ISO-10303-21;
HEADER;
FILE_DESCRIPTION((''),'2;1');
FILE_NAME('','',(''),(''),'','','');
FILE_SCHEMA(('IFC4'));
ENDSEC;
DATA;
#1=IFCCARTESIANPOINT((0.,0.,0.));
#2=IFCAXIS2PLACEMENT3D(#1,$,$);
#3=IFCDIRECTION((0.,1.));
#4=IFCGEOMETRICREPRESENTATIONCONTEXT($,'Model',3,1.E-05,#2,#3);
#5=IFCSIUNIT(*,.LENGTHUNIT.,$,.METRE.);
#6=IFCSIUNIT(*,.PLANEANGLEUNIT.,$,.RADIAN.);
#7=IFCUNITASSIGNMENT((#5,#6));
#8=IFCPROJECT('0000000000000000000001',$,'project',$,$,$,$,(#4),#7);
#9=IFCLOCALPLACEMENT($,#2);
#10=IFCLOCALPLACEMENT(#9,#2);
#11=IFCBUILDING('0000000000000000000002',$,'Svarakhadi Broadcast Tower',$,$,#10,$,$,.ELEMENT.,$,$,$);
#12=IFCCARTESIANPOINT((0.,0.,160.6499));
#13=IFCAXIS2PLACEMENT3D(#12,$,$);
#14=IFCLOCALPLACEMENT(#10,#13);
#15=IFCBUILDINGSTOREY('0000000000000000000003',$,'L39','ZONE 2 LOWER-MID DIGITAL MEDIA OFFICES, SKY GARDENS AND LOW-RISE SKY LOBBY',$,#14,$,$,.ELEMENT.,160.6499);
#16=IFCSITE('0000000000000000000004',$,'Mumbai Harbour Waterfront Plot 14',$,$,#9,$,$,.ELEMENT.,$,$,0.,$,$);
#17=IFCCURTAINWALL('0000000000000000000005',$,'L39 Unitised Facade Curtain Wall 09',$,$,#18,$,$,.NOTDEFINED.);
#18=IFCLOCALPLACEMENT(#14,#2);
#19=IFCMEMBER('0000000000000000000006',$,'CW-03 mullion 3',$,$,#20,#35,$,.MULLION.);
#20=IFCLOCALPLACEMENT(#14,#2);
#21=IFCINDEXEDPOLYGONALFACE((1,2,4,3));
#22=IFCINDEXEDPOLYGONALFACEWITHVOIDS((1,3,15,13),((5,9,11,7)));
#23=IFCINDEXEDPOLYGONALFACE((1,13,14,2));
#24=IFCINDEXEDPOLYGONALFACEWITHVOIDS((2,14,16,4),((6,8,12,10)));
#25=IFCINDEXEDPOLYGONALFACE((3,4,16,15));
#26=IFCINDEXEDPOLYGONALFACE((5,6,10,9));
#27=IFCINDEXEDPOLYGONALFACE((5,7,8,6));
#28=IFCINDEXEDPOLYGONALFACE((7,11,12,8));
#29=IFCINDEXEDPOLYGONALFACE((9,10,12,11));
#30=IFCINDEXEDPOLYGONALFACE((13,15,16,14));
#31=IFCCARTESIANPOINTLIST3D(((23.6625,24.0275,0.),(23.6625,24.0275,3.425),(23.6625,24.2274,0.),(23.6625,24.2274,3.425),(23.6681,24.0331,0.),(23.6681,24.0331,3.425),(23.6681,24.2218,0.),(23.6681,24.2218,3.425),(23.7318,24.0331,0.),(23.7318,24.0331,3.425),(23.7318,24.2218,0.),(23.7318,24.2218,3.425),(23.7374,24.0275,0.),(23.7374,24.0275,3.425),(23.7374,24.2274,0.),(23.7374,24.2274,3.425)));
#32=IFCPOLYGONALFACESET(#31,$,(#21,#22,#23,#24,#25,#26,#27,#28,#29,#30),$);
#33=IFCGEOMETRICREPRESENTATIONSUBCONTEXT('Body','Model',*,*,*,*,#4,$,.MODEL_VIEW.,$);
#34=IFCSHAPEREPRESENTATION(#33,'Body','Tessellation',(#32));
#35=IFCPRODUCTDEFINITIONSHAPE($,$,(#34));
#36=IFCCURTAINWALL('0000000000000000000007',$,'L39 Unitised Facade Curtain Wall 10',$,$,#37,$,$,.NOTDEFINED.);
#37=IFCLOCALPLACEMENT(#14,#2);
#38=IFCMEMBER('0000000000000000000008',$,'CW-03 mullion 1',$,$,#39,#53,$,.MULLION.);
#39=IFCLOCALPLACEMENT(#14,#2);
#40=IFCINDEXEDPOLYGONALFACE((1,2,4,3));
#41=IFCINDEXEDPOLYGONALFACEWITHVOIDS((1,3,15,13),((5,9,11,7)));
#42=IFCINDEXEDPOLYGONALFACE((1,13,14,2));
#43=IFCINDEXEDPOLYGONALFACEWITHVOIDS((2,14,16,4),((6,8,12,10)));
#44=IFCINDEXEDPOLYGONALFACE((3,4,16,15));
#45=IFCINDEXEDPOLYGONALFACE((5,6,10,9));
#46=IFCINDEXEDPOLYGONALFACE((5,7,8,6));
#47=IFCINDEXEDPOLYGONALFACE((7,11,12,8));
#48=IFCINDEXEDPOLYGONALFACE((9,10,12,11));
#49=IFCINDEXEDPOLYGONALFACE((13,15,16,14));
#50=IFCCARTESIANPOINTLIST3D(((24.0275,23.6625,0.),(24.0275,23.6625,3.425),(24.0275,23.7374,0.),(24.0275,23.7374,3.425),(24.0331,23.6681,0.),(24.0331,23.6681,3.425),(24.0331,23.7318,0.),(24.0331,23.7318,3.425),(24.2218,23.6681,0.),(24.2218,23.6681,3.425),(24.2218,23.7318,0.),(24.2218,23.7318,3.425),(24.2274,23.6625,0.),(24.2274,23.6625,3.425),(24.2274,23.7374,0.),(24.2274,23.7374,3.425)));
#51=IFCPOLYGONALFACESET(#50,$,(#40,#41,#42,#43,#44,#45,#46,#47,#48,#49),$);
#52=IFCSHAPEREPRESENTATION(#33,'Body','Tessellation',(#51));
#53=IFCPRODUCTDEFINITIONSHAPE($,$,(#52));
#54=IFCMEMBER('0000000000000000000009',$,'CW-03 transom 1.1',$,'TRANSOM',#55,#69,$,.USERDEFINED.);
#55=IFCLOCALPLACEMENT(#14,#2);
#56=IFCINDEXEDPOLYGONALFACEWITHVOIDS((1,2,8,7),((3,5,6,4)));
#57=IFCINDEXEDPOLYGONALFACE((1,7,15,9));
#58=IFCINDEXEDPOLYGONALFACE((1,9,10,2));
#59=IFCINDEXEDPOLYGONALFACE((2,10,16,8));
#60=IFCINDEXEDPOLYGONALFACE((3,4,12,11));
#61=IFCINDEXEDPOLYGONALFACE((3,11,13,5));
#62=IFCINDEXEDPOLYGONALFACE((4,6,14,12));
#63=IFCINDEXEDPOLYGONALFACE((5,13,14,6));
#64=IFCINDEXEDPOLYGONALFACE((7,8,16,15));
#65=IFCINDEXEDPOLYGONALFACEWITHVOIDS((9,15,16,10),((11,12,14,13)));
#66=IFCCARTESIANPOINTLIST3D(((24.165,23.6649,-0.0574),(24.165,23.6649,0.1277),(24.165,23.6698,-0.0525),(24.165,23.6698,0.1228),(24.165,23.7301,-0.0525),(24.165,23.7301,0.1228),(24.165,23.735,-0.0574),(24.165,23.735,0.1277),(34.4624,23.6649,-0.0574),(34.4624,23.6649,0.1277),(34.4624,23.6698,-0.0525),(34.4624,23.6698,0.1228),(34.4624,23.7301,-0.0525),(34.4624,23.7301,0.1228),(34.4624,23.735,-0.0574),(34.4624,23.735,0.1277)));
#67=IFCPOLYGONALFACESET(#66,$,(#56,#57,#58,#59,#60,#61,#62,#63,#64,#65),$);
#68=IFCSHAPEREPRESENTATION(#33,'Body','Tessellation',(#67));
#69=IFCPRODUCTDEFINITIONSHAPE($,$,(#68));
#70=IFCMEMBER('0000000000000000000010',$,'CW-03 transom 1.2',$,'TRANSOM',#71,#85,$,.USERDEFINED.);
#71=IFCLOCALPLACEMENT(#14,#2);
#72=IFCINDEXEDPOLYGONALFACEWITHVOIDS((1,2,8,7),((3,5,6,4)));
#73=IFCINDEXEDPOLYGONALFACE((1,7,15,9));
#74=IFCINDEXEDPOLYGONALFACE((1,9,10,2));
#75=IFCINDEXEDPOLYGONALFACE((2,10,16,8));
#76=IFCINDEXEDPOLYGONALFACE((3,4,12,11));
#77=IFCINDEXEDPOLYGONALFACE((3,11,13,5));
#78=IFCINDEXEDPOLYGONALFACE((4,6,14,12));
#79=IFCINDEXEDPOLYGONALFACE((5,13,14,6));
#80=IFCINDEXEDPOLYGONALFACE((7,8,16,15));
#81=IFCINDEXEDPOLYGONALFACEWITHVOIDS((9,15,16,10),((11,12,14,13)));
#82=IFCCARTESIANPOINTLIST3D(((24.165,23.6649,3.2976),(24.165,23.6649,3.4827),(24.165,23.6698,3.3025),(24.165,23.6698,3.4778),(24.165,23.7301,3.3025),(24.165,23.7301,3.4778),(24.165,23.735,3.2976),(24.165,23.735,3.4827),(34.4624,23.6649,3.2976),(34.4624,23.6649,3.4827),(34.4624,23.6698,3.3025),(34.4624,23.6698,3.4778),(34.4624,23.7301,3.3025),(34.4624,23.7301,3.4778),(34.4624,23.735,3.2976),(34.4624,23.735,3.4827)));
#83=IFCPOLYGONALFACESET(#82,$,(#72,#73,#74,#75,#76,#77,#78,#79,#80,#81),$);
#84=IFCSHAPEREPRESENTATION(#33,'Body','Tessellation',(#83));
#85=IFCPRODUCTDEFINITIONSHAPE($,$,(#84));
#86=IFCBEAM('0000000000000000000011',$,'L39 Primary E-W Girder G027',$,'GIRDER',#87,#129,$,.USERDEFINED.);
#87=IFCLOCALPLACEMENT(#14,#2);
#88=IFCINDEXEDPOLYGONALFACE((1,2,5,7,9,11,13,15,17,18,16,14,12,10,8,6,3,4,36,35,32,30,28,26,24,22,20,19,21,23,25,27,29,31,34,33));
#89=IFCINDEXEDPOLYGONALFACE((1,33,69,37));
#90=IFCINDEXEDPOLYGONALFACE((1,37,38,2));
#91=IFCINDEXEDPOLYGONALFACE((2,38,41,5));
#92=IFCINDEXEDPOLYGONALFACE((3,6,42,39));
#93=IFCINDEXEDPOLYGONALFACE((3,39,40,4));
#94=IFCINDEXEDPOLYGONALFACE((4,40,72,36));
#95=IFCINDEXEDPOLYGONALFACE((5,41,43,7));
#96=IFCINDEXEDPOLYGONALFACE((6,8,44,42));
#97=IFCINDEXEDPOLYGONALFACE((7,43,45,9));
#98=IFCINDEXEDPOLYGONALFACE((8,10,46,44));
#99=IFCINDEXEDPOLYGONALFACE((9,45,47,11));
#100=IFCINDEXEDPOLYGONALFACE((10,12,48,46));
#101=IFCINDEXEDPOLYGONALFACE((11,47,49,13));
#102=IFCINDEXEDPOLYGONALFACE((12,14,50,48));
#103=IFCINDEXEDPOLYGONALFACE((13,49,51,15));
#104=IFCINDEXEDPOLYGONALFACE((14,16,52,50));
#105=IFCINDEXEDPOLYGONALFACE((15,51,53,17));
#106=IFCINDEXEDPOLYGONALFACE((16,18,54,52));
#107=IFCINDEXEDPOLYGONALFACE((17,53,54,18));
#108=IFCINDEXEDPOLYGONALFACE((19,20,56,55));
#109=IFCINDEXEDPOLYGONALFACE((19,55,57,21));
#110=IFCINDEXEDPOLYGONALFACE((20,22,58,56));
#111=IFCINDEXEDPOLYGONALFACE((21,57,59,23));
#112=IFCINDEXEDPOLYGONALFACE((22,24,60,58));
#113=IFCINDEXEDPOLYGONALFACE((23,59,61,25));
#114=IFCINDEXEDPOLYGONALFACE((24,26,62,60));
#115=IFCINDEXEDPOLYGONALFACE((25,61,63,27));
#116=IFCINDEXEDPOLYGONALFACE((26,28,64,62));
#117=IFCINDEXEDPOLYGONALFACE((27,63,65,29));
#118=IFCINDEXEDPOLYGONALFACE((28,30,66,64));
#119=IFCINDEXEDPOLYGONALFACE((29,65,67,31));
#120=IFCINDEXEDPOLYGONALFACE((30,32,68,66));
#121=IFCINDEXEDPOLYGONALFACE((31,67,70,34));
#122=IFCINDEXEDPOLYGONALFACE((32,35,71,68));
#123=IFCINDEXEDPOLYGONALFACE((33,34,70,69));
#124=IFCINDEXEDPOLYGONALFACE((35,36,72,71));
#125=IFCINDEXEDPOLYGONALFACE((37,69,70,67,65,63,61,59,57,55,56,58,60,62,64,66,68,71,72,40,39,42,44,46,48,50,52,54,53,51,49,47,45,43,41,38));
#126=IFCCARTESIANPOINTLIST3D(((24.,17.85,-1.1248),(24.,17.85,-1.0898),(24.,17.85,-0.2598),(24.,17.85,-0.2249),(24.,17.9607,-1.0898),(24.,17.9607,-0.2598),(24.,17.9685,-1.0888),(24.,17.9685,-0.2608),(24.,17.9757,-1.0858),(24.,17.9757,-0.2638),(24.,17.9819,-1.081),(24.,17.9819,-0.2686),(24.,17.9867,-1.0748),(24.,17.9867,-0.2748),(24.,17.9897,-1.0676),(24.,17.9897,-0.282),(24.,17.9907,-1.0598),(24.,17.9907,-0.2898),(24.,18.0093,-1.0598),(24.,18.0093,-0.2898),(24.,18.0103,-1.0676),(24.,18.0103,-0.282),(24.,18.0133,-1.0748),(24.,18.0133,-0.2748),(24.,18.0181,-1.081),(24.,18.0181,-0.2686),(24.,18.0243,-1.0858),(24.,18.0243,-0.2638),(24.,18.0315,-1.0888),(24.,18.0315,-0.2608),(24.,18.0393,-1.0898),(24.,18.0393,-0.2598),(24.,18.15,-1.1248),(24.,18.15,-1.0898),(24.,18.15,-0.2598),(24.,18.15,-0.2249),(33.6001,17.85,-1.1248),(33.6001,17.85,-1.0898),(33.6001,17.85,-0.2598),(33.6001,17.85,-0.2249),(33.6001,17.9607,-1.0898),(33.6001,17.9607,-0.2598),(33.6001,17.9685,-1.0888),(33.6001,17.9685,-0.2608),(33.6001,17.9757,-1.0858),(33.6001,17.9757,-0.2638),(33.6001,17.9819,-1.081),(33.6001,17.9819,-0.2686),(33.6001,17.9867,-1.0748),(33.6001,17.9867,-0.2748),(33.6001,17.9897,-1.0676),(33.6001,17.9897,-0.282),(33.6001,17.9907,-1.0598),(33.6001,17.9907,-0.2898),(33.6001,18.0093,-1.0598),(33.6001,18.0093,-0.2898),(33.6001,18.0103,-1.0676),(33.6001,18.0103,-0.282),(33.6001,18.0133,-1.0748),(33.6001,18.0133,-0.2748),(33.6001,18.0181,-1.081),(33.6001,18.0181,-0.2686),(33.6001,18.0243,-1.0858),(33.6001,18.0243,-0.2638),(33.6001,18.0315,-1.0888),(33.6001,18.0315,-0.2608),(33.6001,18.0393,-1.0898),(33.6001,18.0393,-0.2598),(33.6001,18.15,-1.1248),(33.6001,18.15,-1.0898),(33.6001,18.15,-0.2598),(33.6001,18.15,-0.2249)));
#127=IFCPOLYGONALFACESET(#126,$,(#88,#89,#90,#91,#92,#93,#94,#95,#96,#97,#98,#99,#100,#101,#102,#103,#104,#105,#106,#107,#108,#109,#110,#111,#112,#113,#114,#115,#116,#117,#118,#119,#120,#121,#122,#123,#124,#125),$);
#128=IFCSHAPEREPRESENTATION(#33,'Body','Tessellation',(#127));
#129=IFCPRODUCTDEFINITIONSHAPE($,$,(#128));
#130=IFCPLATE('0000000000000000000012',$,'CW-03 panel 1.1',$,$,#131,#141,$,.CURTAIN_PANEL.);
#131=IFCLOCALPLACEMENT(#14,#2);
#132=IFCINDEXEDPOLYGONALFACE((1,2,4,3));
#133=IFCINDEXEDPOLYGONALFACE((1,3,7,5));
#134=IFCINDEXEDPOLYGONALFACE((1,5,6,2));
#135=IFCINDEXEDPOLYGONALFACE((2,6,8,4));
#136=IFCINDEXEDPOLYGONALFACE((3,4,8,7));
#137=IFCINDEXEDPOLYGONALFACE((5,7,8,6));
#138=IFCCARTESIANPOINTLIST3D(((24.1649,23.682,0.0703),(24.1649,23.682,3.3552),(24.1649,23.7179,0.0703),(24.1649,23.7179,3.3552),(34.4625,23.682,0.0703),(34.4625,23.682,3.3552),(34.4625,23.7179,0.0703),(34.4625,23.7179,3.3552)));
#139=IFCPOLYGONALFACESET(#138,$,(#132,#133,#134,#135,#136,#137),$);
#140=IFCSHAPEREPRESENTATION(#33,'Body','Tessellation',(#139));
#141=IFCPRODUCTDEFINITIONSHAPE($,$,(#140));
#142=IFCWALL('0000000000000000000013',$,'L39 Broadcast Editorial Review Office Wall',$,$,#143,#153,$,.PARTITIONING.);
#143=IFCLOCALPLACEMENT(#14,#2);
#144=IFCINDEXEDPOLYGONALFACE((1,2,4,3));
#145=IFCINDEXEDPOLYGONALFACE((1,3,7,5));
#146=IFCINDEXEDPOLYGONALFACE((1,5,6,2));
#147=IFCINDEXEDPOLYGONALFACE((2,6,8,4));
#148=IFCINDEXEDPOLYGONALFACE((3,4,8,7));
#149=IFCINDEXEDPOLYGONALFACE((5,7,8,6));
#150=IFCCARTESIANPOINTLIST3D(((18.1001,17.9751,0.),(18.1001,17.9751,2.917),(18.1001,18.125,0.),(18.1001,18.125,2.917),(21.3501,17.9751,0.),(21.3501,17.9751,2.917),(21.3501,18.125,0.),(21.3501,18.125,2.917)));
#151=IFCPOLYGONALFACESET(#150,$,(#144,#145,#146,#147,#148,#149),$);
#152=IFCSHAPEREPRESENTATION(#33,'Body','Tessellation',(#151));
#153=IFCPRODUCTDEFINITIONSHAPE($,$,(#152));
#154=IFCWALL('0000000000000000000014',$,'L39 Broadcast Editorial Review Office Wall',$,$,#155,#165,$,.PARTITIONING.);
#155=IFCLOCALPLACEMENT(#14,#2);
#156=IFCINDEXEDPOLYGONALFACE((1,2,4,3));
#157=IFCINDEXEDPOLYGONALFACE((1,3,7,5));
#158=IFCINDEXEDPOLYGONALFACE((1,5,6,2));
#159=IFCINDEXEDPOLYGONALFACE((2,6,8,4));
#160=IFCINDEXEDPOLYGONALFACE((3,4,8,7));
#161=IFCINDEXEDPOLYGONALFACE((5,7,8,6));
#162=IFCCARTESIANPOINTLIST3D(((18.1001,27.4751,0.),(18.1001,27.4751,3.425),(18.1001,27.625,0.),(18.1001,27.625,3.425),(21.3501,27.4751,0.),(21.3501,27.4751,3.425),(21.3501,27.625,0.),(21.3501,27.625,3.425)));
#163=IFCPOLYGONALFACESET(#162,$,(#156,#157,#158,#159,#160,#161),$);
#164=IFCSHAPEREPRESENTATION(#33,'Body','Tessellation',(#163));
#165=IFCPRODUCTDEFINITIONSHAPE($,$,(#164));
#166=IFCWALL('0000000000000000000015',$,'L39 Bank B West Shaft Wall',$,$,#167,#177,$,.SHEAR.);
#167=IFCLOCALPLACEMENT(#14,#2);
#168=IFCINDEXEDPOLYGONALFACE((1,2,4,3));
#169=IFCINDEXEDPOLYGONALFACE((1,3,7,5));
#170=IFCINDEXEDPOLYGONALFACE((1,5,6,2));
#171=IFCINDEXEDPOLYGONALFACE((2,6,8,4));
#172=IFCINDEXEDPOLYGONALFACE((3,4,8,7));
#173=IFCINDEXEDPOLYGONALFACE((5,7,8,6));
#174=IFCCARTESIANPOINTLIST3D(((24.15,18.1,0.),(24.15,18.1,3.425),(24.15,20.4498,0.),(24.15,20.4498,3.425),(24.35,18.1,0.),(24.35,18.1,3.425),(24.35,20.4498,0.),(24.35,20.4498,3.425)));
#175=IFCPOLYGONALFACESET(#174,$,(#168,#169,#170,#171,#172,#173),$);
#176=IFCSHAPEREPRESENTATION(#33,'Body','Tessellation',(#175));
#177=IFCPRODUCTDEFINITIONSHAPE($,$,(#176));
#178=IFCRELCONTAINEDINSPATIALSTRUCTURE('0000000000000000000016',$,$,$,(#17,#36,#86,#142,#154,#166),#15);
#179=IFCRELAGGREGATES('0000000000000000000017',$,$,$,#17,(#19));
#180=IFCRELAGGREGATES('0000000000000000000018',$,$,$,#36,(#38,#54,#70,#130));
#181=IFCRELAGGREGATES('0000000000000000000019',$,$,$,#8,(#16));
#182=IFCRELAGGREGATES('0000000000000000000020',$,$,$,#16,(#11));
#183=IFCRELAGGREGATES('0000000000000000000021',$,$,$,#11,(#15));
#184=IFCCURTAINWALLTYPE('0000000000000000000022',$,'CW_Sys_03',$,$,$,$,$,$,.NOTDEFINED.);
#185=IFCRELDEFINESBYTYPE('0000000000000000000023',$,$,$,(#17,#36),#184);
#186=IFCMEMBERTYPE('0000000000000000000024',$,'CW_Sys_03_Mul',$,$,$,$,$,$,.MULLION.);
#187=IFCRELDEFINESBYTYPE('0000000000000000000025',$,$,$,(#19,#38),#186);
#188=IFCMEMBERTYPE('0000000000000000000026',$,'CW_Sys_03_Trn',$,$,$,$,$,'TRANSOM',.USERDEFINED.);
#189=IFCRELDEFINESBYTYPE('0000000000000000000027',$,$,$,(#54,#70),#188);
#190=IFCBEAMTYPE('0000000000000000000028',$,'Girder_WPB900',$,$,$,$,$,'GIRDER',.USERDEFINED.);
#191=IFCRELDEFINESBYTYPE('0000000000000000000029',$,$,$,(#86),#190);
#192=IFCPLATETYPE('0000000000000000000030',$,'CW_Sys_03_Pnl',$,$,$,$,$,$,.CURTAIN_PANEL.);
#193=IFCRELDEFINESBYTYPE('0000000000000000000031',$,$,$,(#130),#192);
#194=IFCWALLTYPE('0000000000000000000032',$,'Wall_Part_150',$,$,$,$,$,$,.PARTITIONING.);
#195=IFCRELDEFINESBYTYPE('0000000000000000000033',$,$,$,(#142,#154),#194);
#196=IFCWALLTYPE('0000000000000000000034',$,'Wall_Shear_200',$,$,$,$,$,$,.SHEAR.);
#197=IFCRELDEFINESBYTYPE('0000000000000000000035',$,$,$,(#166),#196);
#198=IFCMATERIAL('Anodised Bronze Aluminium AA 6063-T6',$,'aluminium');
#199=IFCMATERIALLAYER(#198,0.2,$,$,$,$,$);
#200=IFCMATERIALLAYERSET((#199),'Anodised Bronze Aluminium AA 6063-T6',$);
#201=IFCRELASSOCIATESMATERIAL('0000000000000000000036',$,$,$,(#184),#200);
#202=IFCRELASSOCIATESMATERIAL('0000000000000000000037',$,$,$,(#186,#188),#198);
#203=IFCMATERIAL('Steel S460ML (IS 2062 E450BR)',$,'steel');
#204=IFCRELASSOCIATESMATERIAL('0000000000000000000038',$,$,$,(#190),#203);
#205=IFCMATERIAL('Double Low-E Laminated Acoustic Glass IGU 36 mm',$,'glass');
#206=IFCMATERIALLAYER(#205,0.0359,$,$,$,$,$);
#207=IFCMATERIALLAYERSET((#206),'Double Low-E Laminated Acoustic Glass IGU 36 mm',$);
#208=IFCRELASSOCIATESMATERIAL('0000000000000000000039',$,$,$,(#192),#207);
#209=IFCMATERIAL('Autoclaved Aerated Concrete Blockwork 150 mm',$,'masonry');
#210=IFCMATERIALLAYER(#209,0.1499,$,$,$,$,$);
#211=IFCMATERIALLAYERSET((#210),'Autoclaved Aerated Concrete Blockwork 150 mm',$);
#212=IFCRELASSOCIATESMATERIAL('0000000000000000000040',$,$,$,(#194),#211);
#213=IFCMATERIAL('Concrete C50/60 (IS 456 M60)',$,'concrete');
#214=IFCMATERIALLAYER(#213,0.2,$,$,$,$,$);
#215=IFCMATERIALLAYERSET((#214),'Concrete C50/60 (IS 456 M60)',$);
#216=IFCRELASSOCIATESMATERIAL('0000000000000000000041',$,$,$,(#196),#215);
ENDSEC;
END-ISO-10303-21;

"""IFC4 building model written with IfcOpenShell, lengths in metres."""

from ifc_helpers import new_model, si_unit, direction, frame, frame_2d, origin, origin_2d, place, context, subcontext, project, spatial, rectangle, hollow_rectangle, i_section, extrude, material, layer, layer_set, material_profile, profile_set, type_object, element, aggregate, save


model = new_model("IFC4")

# Units and contexts
model_context = context("Model", 3, precision=1e-05, world=origin(), true_north=direction((0.0, 1.0)))
body_context = subcontext(model_context, "Body", "Model", "MODEL_VIEW")
ifc_project = project(units=[si_unit("LENGTHUNIT", "METRE"), si_unit("PLANEANGLEUNIT", "RADIAN")], contexts=[model_context])

# Site, building, storey
site_placement = place(None, origin())
site = spatial("IfcSite", under=ifc_project, at=site_placement, Name="Mumbai Harbour Waterfront Plot 14", CompositionType="ELEMENT", RefElevation=0.0)
building_placement = place(site_placement, origin())
building = spatial("IfcBuilding", under=site, at=building_placement, Name="Svarakhadi Broadcast Tower", CompositionType="ELEMENT")
storey_placement = place(building_placement, frame((0.0, 0.0, 160.6499)))
storey = spatial("IfcBuildingStorey", under=building, at=storey_placement, Name="L39", Description="ZONE 2 LOWER-MID DIGITAL MEDIA OFFICES, SKY GARDENS AND LOW-RISE SKY LOBBY", CompositionType="ELEMENT", Elevation=160.6499)

# Curtain wall, member
ifc_material_1 = material(Name="Anodised Bronze Aluminium AA 6063-T6", Category="aluminium")
ifc_layer_1 = layer(ifc_material_1, 0.2)
ifc_layer_set_1 = layer_set([ifc_layer_1], Name="Anodised Bronze Aluminium AA 6063-T6")
curtain_wall_type = type_object("IfcCurtainWallType", Name="CW_Sys_03", PredefinedType="NOTDEFINED", material=ifc_layer_set_1)
curtain_wall_1_placement = place(storey_placement, origin())
curtain_wall_1 = element("IfcCurtainWall", 1, at=curtain_wall_1_placement, inside=storey, type_object=curtain_wall_type, Name="L39 Unitised Facade Curtain Wall 09", PredefinedType="NOTDEFINED")
ifc_material_profile_1 = material_profile(ifc_material_1, hollow_rectangle(XDim=0.075, YDim=0.2, WallThickness=0.0056, at=origin_2d()), Name="ALU MULLION 200x75x6")
ifc_profile_set_1 = profile_set([ifc_material_profile_1], Name="Anodised Bronze Aluminium AA 6063-T6")
member_type_1 = type_object("IfcMemberType", Name="CW_Sys_03_Mul", PredefinedType="MULLION", material=ifc_profile_set_1)
member_1_placement = place(storey_placement, frame((23.7, 24.1274, 0.0), z_axis=(0.0, 0.0, 1.0), x_axis=(1.0, 0.0, 0.0)))
member_1 = element("IfcMember", 2, at=member_1_placement, type_object=member_type_1, Name="CW-03 mullion 3", PredefinedType="MULLION", context=body_context, shape_type="SweptSolid", body=[
    extrude(hollow_rectangle(XDim=0.075, YDim=0.2, WallThickness=0.0056, at=origin_2d()), origin(), (0.0, 0.0, 1.0), 3.425),
])
aggregate(curtain_wall_1, [member_1])

# Curtain wall, members
curtain_wall_2_placement = place(storey_placement, origin())
curtain_wall_2 = element("IfcCurtainWall", 3, at=curtain_wall_2_placement, inside=storey, type_object=curtain_wall_type, Name="L39 Unitised Facade Curtain Wall 10", PredefinedType="NOTDEFINED")
member_2_placement = place(storey_placement, frame((24.1274, 23.7, 0.0), z_axis=(0.0, 0.0, 1.0), x_axis=(0.0, 1.0, 0.0)))
member_2 = element("IfcMember", 4, at=member_2_placement, type_object=member_type_1, Name="CW-03 mullion 1", PredefinedType="MULLION", context=body_context, shape_type="SweptSolid", body=[
    extrude(hollow_rectangle(XDim=0.075, YDim=0.2, WallThickness=0.0056, at=origin_2d()), origin(), (0.0, 0.0, 1.0), 3.425),
])
ifc_material_profile_2 = material_profile(ifc_material_1, hollow_rectangle(XDim=0.0701, YDim=0.1851, WallThickness=0.0049, at=origin_2d()), Name="ALU TRANSOM 185x70x5")
ifc_profile_set_2 = profile_set([ifc_material_profile_2], Name="Anodised Bronze Aluminium AA 6063-T6")
member_type_2 = type_object("IfcMemberType", Name="CW_Sys_03_Trn", ElementType="TRANSOM", PredefinedType="USERDEFINED", material=ifc_profile_set_2)
member_3_placement = place(storey_placement, frame((24.165, 23.7, 0.0352), z_axis=(1.0, 0.0, 0.0), x_axis=(0.0, 1.0, 0.0)))
member_3 = element("IfcMember", 5, at=member_3_placement, type_object=member_type_2, Name="CW-03 transom 1.1", ObjectType="TRANSOM", PredefinedType="USERDEFINED", context=body_context, shape_type="SweptSolid", body=[
    extrude(hollow_rectangle(XDim=0.0701, YDim=0.1851, WallThickness=0.0049, at=origin_2d()), origin(), (0.0, 0.0, 1.0), 10.2974),
])
member_4_placement = place(storey_placement, frame((24.165, 23.7, 3.3901), z_axis=(1.0, 0.0, 0.0), x_axis=(0.0, 1.0, 0.0)))
member_4 = element("IfcMember", 6, at=member_4_placement, type_object=member_type_2, Name="CW-03 transom 1.2", ObjectType="TRANSOM", PredefinedType="USERDEFINED", context=body_context, shape_type="SweptSolid", body=[
    extrude(hollow_rectangle(XDim=0.0701, YDim=0.1851, WallThickness=0.0049, at=origin_2d()), origin(), (0.0, 0.0, 1.0), 10.2974),
])

# Beam
ifc_material_2 = material(Name="Steel S460ML (IS 2062 E450BR)", Category="steel")
ifc_material_profile_3 = material_profile(ifc_material_2, i_section(OverallWidth=0.3, OverallDepth=0.8999, WebThickness=0.0186, FlangeThickness=0.0349, FilletRadius=0.03, at=origin_2d()), Name="WPB 900x300x291")
ifc_profile_set_3 = profile_set([ifc_material_profile_3], Name="Steel S460ML (IS 2062 E450BR)")
beam_type = type_object("IfcBeamType", Name="Girder_WPB900", ElementType="GIRDER", PredefinedType="USERDEFINED", material=ifc_profile_set_3)
beam_placement = place(storey_placement, frame((24.0, 18.0, -0.6748), z_axis=(1.0, 0.0, 0.0), x_axis=(0.0, 1.0, 0.0)))
element("IfcBeam", 7, at=beam_placement, inside=storey, type_object=beam_type, Name="L39 Primary E-W Girder G027", ObjectType="GIRDER", PredefinedType="USERDEFINED", context=body_context, shape_type="SweptSolid", body=[
    extrude(i_section(OverallWidth=0.3, OverallDepth=0.8999, WebThickness=0.0186, FlangeThickness=0.0349, FilletRadius=0.03, at=origin_2d()), origin(), (0.0, 0.0, 1.0), 9.6001),
])

# Plate
ifc_material_3 = material(Name="Double Low-E Laminated Acoustic Glass IGU 36 mm", Category="glass")
ifc_layer_2 = layer(ifc_material_3, 0.0359)
ifc_layer_set_2 = layer_set([ifc_layer_2], Name="Double Low-E Laminated Acoustic Glass IGU 36 mm")
plate_type = type_object("IfcPlateType", Name="CW_Sys_03_Pnl", PredefinedType="CURTAIN_PANEL", material=ifc_layer_set_2)
plate_placement = place(storey_placement, frame((29.3137, 23.7, 0.0703), z_axis=(0.0, 0.0, 1.0), x_axis=(1.0, 0.0, 0.0)))
plate = element("IfcPlate", 8, at=plate_placement, type_object=plate_type, Name="CW-03 panel 1.1", PredefinedType="CURTAIN_PANEL", context=body_context, shape_type="SweptSolid", body=[
    extrude(rectangle(XDim=10.2976, YDim=0.0359, at=origin_2d()), origin(), (0.0, 0.0, 1.0), 3.2849),
])
aggregate(curtain_wall_2, [member_2, member_3, member_4, plate])

# Walls
ifc_material_4 = material(Name="Autoclaved Aerated Concrete Blockwork 150 mm", Category="masonry")
ifc_layer_3 = layer(ifc_material_4, 0.1499)
ifc_layer_set_3 = layer_set([ifc_layer_3], Name="Autoclaved Aerated Concrete Blockwork 150 mm")
wall_type_1 = type_object("IfcWallType", Name="Wall_Part_150", PredefinedType="PARTITIONING", material=ifc_layer_set_3)
wall_1_placement = place(storey_placement, frame((18.1001, 18.05, 0.0), z_axis=(0.0, 0.0, 1.0), x_axis=(1.0, 0.0, 0.0)))
element("IfcWall", 9, at=wall_1_placement, inside=storey, type_object=wall_type_1, Name="L39 Broadcast Editorial Review Office Wall", PredefinedType="PARTITIONING", context=body_context, shape_type="SweptSolid", body=[
    extrude(rectangle(XDim=3.25, YDim=0.1499, at=frame_2d((1.625, 0.0))), origin(), (0.0, 0.0, 1.0), 2.917),
])
wall_2_placement = place(storey_placement, frame((18.1001, 27.55, 0.0), z_axis=(0.0, 0.0, 1.0), x_axis=(1.0, 0.0, 0.0)))
element("IfcWall", 10, at=wall_2_placement, inside=storey, type_object=wall_type_1, Name="L39 Broadcast Editorial Review Office Wall", PredefinedType="PARTITIONING", context=body_context, shape_type="SweptSolid", body=[
    extrude(rectangle(XDim=3.25, YDim=0.1499, at=frame_2d((1.625, 0.0))), origin(), (0.0, 0.0, 1.0), 3.425),
])
ifc_material_5 = material(Name="Concrete C50/60 (IS 456 M60)", Category="concrete")
ifc_layer_4 = layer(ifc_material_5, 0.2)
ifc_layer_set_4 = layer_set([ifc_layer_4], Name="Concrete C50/60 (IS 456 M60)")
wall_type_2 = type_object("IfcWallType", Name="Wall_Shear_200", PredefinedType="SHEAR", material=ifc_layer_set_4)
wall_3_placement = place(storey_placement, frame((24.25, 18.1001, 0.0), z_axis=(0.0, 0.0, 1.0), x_axis=(0.0, 1.0, 0.0)))
element("IfcWall", 11, at=wall_3_placement, inside=storey, type_object=wall_type_2, Name="L39 Bank B West Shaft Wall", PredefinedType="SHEAR", context=body_context, shape_type="SweptSolid", body=[
    extrude(rectangle(XDim=2.3499, YDim=0.2, at=frame_2d((1.1748, 0.0))), origin(), (0.0, 0.0, 1.0), 3.425),
])

save(model, "model.ifc")
